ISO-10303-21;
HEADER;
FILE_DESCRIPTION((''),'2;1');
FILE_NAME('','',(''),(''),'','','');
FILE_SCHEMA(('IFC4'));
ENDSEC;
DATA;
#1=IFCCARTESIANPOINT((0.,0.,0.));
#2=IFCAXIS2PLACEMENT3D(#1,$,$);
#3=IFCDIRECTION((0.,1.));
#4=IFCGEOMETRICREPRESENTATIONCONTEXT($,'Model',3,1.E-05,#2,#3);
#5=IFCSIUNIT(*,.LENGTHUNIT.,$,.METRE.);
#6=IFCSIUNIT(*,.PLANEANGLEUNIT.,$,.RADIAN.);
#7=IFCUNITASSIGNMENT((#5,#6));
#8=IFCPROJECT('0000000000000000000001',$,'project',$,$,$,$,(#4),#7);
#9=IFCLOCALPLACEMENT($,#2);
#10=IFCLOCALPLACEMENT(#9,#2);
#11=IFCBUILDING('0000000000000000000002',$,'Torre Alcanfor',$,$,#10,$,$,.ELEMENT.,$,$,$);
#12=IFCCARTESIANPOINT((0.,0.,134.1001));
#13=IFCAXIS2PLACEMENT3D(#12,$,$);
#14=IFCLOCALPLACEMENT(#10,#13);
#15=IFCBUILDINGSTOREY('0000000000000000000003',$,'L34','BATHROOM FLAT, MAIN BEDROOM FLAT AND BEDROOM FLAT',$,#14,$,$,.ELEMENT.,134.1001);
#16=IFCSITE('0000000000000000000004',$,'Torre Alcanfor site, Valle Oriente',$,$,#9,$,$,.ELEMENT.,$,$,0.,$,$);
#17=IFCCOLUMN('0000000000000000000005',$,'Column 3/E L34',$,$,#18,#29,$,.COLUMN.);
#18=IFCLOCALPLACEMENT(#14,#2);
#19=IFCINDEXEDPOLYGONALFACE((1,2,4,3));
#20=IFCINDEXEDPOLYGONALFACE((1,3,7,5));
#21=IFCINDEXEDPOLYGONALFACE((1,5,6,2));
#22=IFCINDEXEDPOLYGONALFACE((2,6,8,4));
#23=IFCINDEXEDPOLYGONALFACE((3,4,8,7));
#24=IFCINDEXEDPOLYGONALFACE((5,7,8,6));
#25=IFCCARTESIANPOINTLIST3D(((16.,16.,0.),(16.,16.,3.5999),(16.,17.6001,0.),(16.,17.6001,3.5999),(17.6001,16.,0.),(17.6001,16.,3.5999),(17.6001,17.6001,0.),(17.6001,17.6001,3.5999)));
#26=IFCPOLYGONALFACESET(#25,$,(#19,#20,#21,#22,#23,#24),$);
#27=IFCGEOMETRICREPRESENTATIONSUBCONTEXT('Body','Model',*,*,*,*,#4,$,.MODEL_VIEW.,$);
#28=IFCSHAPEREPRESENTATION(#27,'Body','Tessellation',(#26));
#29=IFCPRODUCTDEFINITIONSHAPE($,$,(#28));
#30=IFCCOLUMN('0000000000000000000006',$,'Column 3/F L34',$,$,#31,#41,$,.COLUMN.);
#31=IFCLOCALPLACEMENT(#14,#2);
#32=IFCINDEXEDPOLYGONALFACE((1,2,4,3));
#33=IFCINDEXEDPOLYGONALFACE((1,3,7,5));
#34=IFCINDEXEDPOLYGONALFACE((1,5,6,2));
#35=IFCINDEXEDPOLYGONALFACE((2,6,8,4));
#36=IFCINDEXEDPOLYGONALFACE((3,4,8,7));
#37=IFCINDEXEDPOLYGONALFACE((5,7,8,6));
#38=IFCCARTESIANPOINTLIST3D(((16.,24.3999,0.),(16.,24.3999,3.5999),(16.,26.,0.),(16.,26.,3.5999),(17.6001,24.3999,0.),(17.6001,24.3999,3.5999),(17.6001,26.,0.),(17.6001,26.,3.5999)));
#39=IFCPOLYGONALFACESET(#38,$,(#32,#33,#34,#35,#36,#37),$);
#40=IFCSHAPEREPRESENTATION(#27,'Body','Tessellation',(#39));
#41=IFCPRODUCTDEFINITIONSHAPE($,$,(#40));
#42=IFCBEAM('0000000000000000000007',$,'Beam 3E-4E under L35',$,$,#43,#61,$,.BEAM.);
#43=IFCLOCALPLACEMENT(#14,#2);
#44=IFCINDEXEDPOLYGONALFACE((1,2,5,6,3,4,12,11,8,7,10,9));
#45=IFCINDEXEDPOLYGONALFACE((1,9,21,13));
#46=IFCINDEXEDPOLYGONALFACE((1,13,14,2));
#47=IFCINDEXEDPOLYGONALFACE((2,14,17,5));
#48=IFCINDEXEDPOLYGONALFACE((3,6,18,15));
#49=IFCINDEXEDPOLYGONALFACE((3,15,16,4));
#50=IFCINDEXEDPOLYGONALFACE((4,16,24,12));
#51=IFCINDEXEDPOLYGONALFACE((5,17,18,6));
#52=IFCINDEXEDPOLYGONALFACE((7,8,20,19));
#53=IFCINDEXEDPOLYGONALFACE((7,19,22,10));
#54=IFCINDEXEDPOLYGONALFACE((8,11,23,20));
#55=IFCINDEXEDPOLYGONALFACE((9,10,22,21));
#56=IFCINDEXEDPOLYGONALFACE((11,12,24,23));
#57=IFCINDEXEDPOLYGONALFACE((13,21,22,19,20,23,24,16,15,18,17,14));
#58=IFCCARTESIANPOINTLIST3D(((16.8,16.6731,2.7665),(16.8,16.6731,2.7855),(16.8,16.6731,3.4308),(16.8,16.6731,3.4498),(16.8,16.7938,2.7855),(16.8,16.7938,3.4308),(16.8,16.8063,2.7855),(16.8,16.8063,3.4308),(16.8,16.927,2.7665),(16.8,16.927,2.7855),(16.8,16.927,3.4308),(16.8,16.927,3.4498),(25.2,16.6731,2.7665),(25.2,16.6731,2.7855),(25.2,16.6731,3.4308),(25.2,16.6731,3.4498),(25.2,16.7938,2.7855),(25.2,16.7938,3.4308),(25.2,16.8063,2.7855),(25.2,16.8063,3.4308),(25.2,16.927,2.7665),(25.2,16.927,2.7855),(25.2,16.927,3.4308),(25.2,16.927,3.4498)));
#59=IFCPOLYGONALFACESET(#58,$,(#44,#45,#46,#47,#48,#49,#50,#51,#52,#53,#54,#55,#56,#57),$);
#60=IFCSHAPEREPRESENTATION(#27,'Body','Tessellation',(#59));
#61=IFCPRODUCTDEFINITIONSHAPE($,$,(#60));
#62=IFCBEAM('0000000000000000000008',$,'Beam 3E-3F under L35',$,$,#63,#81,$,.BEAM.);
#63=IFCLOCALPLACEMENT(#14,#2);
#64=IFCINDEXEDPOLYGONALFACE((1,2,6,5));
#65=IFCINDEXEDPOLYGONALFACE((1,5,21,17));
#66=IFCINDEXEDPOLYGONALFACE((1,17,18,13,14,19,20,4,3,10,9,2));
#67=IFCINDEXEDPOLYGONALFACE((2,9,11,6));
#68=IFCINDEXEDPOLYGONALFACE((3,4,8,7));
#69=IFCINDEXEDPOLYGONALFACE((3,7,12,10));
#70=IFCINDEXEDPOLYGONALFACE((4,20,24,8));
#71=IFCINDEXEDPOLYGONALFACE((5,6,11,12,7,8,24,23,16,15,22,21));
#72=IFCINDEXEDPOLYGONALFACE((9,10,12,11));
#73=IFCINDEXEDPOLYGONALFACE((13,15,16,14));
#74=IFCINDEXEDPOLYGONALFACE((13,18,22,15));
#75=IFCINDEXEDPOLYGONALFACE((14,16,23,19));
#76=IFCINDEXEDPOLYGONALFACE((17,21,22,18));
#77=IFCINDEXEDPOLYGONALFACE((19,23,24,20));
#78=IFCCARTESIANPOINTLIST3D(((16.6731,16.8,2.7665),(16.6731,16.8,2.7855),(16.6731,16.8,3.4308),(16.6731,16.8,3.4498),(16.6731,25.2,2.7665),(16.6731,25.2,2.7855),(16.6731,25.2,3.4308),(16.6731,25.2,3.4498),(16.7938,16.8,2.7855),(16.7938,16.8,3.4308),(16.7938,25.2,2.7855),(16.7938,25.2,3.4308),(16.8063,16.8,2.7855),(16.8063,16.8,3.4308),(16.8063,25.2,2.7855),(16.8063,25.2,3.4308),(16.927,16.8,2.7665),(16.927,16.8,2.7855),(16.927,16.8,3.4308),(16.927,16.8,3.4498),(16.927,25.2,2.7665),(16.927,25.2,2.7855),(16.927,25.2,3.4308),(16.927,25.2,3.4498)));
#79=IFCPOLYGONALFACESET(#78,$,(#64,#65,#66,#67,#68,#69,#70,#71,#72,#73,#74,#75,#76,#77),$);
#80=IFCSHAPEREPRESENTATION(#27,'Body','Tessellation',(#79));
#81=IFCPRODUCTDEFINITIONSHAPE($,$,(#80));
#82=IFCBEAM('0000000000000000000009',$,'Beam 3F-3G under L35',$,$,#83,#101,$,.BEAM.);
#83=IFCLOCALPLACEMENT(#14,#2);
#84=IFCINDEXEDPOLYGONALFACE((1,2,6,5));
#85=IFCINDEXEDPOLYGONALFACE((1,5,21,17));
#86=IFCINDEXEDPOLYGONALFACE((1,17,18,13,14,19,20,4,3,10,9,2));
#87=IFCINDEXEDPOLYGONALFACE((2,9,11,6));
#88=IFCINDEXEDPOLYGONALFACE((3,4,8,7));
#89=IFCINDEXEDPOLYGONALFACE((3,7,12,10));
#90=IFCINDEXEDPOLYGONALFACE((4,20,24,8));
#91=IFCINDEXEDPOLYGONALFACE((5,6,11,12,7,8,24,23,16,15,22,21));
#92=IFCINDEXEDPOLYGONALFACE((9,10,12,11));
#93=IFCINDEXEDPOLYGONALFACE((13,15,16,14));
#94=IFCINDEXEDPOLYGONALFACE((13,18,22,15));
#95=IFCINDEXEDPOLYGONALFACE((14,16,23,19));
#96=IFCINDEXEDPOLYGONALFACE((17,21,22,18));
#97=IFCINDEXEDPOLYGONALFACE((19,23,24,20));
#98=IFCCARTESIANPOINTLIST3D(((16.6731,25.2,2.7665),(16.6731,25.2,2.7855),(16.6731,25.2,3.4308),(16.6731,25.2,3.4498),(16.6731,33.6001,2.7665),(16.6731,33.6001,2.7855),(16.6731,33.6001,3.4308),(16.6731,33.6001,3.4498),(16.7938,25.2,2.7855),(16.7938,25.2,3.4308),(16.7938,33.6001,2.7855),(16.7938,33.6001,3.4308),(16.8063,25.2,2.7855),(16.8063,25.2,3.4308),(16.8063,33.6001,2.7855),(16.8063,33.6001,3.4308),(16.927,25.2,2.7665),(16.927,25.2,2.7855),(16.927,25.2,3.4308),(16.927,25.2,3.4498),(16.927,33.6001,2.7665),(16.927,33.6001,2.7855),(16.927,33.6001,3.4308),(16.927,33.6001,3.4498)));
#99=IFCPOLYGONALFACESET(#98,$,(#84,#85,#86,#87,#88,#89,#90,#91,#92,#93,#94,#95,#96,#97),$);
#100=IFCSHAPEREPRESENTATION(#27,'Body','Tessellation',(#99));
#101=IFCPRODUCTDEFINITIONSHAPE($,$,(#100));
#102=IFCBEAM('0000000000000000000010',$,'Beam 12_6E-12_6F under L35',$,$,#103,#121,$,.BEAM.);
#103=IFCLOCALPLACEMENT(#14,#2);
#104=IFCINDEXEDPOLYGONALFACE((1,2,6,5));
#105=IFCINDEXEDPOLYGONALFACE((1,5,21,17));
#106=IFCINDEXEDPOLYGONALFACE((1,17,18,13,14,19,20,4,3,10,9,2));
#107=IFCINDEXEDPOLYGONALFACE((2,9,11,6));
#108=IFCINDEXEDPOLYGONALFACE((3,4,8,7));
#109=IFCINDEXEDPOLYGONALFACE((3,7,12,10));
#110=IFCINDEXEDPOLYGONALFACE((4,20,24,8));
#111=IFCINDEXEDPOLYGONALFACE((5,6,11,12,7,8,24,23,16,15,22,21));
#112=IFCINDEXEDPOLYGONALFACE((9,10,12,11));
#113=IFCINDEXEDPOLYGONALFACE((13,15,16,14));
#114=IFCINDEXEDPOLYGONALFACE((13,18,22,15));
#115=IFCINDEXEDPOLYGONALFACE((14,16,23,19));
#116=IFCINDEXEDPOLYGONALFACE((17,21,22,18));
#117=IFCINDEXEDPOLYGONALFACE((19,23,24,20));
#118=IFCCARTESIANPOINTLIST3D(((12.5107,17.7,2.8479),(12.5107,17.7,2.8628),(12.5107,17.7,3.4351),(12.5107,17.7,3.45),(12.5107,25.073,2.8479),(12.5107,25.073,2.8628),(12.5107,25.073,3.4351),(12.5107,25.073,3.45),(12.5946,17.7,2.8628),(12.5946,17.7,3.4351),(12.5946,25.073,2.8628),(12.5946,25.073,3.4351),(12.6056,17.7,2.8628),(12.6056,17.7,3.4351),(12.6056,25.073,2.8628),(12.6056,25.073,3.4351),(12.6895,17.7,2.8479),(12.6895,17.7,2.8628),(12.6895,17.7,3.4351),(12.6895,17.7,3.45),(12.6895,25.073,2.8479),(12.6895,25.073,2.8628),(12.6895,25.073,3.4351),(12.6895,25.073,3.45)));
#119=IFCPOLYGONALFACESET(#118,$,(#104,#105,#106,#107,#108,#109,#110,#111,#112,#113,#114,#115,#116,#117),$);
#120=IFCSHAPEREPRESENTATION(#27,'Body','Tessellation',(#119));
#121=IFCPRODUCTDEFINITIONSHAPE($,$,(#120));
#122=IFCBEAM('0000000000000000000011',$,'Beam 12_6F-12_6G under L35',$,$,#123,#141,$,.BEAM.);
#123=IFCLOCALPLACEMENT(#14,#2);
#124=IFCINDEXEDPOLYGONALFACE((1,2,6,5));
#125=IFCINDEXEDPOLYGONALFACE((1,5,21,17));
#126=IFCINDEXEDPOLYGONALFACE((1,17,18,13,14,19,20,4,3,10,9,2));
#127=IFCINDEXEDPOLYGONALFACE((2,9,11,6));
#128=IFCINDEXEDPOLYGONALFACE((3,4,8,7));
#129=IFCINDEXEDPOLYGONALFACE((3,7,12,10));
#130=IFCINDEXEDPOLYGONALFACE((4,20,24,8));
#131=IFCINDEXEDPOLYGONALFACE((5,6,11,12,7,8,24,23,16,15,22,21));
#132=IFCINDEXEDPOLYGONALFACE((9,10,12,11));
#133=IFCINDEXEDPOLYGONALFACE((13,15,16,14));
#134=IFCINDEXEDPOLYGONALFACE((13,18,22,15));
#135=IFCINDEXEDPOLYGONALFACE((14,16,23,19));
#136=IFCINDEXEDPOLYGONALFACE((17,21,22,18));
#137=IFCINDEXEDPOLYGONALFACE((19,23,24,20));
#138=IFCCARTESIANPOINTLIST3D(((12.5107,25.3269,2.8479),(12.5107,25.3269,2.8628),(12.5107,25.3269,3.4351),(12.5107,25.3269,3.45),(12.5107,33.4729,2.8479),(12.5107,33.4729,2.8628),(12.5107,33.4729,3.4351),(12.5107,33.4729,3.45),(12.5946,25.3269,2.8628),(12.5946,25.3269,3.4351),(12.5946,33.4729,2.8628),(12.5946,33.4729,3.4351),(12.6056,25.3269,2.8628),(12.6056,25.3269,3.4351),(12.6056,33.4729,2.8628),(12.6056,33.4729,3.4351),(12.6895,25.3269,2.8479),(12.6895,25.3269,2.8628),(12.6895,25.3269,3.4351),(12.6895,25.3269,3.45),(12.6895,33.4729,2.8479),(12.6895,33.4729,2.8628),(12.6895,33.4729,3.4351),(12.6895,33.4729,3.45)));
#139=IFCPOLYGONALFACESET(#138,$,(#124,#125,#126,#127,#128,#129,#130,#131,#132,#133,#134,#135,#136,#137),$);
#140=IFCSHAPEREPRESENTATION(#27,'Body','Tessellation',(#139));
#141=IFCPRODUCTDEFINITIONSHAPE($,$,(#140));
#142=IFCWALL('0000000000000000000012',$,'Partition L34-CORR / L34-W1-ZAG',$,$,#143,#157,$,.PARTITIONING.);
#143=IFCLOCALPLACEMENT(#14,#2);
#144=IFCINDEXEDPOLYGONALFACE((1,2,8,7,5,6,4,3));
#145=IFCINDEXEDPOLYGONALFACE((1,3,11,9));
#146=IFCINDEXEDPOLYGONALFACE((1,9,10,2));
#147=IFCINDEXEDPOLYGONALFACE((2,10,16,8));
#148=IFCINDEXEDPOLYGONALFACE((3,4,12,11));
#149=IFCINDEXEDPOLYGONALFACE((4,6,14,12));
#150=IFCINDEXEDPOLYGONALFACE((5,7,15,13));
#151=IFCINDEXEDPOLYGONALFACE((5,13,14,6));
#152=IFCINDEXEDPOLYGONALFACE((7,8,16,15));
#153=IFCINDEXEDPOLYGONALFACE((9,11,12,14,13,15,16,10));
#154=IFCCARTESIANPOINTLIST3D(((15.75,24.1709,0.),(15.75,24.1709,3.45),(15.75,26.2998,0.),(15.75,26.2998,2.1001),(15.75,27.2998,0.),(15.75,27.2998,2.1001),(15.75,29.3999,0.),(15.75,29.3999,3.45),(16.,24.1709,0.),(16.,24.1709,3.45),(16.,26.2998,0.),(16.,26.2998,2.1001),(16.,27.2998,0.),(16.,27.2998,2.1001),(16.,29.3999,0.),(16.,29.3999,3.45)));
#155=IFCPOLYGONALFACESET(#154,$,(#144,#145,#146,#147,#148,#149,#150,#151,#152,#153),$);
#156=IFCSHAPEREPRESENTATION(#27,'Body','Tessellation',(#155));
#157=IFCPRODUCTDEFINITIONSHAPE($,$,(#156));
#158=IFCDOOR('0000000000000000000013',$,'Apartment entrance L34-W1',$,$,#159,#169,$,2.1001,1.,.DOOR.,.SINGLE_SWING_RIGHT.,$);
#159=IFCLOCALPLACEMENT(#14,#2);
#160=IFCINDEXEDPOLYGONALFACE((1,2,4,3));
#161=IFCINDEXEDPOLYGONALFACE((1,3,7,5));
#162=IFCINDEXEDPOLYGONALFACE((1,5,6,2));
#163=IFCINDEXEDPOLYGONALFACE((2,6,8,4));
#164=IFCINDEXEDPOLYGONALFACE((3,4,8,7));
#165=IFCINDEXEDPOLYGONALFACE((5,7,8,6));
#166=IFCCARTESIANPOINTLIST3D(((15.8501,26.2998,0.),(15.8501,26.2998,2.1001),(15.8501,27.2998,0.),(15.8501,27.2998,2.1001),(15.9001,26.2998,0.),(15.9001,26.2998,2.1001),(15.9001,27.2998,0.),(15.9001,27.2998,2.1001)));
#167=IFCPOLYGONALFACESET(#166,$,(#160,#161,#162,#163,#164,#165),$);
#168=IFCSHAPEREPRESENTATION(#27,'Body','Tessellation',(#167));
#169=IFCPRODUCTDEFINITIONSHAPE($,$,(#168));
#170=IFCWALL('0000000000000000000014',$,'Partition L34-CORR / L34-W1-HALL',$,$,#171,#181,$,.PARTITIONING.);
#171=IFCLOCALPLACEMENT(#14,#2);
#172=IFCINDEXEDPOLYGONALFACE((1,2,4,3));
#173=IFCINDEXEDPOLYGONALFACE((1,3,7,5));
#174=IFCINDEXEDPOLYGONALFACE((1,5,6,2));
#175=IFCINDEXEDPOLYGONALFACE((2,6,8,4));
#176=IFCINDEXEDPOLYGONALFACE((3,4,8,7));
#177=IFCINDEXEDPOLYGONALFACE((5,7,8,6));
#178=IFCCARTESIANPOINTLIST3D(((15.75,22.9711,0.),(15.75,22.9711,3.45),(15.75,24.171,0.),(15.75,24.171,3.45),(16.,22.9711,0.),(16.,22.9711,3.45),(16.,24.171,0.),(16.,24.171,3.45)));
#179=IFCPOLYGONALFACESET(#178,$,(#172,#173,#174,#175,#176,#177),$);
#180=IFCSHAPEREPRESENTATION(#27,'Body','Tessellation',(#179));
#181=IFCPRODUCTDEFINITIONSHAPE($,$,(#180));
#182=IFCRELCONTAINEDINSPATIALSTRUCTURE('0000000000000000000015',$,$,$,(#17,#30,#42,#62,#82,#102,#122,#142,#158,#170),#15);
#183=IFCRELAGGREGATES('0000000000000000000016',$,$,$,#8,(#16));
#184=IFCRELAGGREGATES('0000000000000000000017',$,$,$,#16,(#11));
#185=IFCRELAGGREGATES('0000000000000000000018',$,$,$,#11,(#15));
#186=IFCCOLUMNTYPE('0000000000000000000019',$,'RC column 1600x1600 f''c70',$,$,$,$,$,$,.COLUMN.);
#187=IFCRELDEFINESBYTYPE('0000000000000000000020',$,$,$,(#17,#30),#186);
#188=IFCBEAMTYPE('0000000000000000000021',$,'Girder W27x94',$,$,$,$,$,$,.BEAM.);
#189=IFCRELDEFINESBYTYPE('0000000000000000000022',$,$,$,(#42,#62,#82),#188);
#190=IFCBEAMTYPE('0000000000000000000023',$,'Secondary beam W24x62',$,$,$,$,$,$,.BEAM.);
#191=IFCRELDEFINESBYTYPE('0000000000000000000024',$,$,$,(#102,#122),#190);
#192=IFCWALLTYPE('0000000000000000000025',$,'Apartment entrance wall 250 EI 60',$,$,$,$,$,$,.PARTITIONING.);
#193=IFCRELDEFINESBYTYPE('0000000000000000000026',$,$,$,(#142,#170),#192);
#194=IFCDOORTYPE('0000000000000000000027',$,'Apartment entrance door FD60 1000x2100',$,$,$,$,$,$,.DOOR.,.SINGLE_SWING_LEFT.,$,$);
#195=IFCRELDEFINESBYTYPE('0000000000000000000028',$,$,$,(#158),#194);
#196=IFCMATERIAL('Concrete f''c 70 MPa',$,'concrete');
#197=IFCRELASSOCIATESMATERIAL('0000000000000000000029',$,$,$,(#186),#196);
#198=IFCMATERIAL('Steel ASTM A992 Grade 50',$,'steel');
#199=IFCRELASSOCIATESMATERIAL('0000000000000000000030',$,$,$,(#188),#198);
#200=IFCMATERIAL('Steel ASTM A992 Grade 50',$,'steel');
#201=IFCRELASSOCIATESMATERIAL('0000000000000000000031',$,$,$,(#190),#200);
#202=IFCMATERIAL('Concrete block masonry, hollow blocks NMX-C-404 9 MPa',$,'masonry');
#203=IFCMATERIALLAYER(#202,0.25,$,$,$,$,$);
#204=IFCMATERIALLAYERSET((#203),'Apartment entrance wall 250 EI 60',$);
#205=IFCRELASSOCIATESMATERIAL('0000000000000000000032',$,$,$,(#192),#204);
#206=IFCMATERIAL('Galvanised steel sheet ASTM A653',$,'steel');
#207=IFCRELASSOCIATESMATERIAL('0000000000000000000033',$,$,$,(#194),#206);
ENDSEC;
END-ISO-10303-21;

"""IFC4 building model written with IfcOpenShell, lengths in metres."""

from ifc_helpers import new_model, si_unit, direction, frame, frame_2d, origin, origin_2d, place, context, subcontext, project, spatial, rectangle, i_section, extrude, material, layer, layer_set, material_profile, profile_set, type_object, element, fill, save


model = new_model("IFC4")

# Units and contexts
model_context = context("Model", 3, precision=1e-05, world=origin(), true_north=direction((0.0, 1.0)))
body_context = subcontext(model_context, "Body", "Model", "MODEL_VIEW")
ifc_project = project(units=[si_unit("LENGTHUNIT", "METRE"), si_unit("PLANEANGLEUNIT", "RADIAN")], contexts=[model_context])

# Site, building, storey
site_placement = place(None, origin())
site = spatial("IfcSite", under=ifc_project, at=site_placement, Name="Torre Alcanfor site, Valle Oriente", CompositionType="ELEMENT", RefElevation=0.0)
building_placement = place(site_placement, origin())
building = spatial("IfcBuilding", under=site, at=building_placement, Name="Torre Alcanfor", CompositionType="ELEMENT")
storey_placement = place(building_placement, frame((0.0, 0.0, 134.1001)))
storey = spatial("IfcBuildingStorey", under=building, at=storey_placement, Name="L34", Description="BATHROOM FLAT, MAIN BEDROOM FLAT AND BEDROOM FLAT", CompositionType="ELEMENT", Elevation=134.1001)

# Columns
ifc_material_1 = material(Name="Concrete f'c 70 MPa", Category="concrete")
ifc_material_profile_1 = material_profile(ifc_material_1, rectangle(XDim=1.6001, YDim=1.6001, at=origin_2d()), Name="1600x1600")
ifc_profile_set_1 = profile_set([ifc_material_profile_1], Name="Concrete f'c 70 MPa")
column_type = type_object("IfcColumnType", Name="RC column 1600x1600 f'c70", PredefinedType="COLUMN", material=ifc_profile_set_1)
for number, where, z_axis, x_axis, name in (
    (1, (16.8, 16.8, 0.0), (0.0, 0.0, 1.0), (1.0, 0.0, 0.0), "Column 3/E L34"),
    (2, (16.8, 25.2, 0.0), (0.0, 0.0, 1.0), (1.0, 0.0, 0.0), "Column 3/F L34"),
):
    element("IfcColumn", number, at=place(storey_placement, frame(where, z_axis=z_axis, x_axis=x_axis)), inside=storey, type_object=column_type, Name=name, PredefinedType="COLUMN", context=body_context, shape_type="SweptSolid", body=[
        extrude(rectangle(XDim=1.6001, YDim=1.6001, at=origin_2d()), origin(), (0.0, 0.0, 1.0), 3.5999),
    ])

# Beams
ifc_material_2 = material(Name="Steel ASTM A992 Grade 50", Category="steel")
ifc_material_profile_2 = material_profile(ifc_material_2, i_section(OverallWidth=0.2539, OverallDepth=0.6833, WebThickness=0.0125, FlangeThickness=0.019, at=origin_2d()), Name="W27x94")
ifc_profile_set_2 = profile_set([ifc_material_profile_2], Name="Steel ASTM A992 Grade 50")
beam_type_1 = type_object("IfcBeamType", Name="Girder W27x94", PredefinedType="BEAM", material=ifc_profile_set_2)
for number, where, z_axis, x_axis, name in (
    (3, (16.8, 16.8, 3.1082), (1.0, 0.0, 0.0), (0.0, 1.0, 0.0), "Beam 3E-4E under L35"),
    (4, (16.8, 16.8, 3.1082), (0.0, 1.0, 0.0), (-1.0, 0.0, 0.0), "Beam 3E-3F under L35"),
):
    element("IfcBeam", number, at=place(storey_placement, frame(where, z_axis=z_axis, x_axis=x_axis)), inside=storey, type_object=beam_type_1, Name=name, PredefinedType="BEAM", context=body_context, shape_type="SweptSolid", body=[
        extrude(i_section(OverallWidth=0.2539, OverallDepth=0.6833, WebThickness=0.0125, FlangeThickness=0.019, at=origin_2d()), origin(), (0.0, 0.0, 1.0), 8.3999),
    ])
beam_1_placement = place(storey_placement, frame((16.8, 25.2, 3.1082), z_axis=(0.0, 1.0, 0.0), x_axis=(-1.0, 0.0, 0.0)))
element("IfcBeam", 5, at=beam_1_placement, inside=storey, type_object=beam_type_1, Name="Beam 3F-3G under L35", PredefinedType="BEAM", context=body_context, shape_type="SweptSolid", body=[
    extrude(i_section(OverallWidth=0.2539, OverallDepth=0.6833, WebThickness=0.0125, FlangeThickness=0.019, at=origin_2d()), origin(), (0.0, 0.0, 1.0), 8.4001),
])
ifc_material_3 = material(Name="Steel ASTM A992 Grade 50", Category="steel")
ifc_material_profile_3 = material_profile(ifc_material_3, i_section(OverallWidth=0.1787, OverallDepth=0.6021, WebThickness=0.011, FlangeThickness=0.0149, at=origin_2d()), Name="W24x62")
ifc_profile_set_3 = profile_set([ifc_material_profile_3], Name="Steel ASTM A992 Grade 50")
beam_type_2 = type_object("IfcBeamType", Name="Secondary beam W24x62", PredefinedType="BEAM", material=ifc_profile_set_3)
beam_2_placement = place(storey_placement, frame((12.6001, 17.7, 3.1489), z_axis=(0.0, 1.0, 0.0), x_axis=(-1.0, 0.0, 0.0)))
element("IfcBeam", 6, at=beam_2_placement, inside=storey, type_object=beam_type_2, Name="Beam 12_6E-12_6F under L35", PredefinedType="BEAM", context=body_context, shape_type="SweptSolid", body=[
    extrude(i_section(OverallWidth=0.1787, OverallDepth=0.6021, WebThickness=0.011, FlangeThickness=0.0149, at=origin_2d()), origin(), (0.0, 0.0, 1.0), 7.373),
])
beam_3_placement = place(storey_placement, frame((12.6001, 25.3269, 3.1489), z_axis=(0.0, 1.0, 0.0), x_axis=(-1.0, 0.0, 0.0)))
element("IfcBeam", 7, at=beam_3_placement, inside=storey, type_object=beam_type_2, Name="Beam 12_6F-12_6G under L35", PredefinedType="BEAM", context=body_context, shape_type="SweptSolid", body=[
    extrude(i_section(OverallWidth=0.1787, OverallDepth=0.6021, WebThickness=0.011, FlangeThickness=0.0149, at=origin_2d()), origin(), (0.0, 0.0, 1.0), 8.146),
])

# Wall, opening, door
ifc_material_4 = material(Name="Concrete block masonry, hollow blocks NMX-C-404 9 MPa", Category="masonry")
ifc_layer_1 = layer(ifc_material_4, 0.25)
ifc_layer_set_1 = layer_set([ifc_layer_1], Name="Apartment entrance wall 250 EI 60")
wall_type_1 = type_object("IfcWallType", Name="Apartment entrance wall 250 EI 60", PredefinedType="PARTITIONING", material=ifc_layer_set_1)
wall_1_placement = place(storey_placement, frame((15.875, 24.1709, 0.0), z_axis=(0.0, 0.0, 1.0), x_axis=(0.0, 1.0, 0.0)))
wall_1 = element("IfcWall", 8, at=wall_1_placement, inside=storey, type_object=wall_type_1, Name="Partition L34-CORR / L34-W1-ZAG", PredefinedType="PARTITIONING", context=body_context, shape_type="SweptSolid", body=[
    extrude(rectangle(XDim=5.229, YDim=0.25, at=frame_2d((2.6145, 0.0))), origin(), (0.0, 0.0, 1.0), 3.45),
])
opening_1_placement = place(wall_1_placement, frame((2.1289, 0.0, 0.0)))
opening_1 = element("IfcOpeningElement", 9, at=opening_1_placement, cuts=wall_1, PredefinedType="OPENING", context=body_context, shape_type="SweptSolid", body=[
    extrude(rectangle(XDim=1.0, YDim=2.1001, at=frame_2d((0.5, 1.05))), frame((0.0, 0.135, 0.0), z_axis=(0.0, -1.0, 0.0), x_axis=(1.0, 0.0, 0.0)), (0.0, 0.0, 1.0), 0.27),
])
ifc_material_5 = material(Name="Galvanised steel sheet ASTM A653", Category="steel")
door_type_1 = type_object("IfcDoorType", Name="Apartment entrance door FD60 1000x2100", OperationType="SINGLE_SWING_LEFT", PredefinedType="DOOR", material=ifc_material_5)
door_1_placement = place(opening_1_placement, origin())
door_1 = element("IfcDoor", 10, at=door_1_placement, inside=storey, type_object=door_type_1, Name="Apartment entrance L34-W1", OperationType="SINGLE_SWING_RIGHT", OverallHeight=2.1001, OverallWidth=1.0, PredefinedType="DOOR", context=body_context, shape_type="SweptSolid", body=[
    extrude(rectangle(XDim=1.0, YDim=2.1001, at=frame_2d((0.5, 1.05))), frame((0.0, 0.0249, 0.0), z_axis=(0.0, -1.0, 0.0), x_axis=(1.0, 0.0, 0.0)), (0.0, 0.0, 1.0), 0.05),
])
fill(opening_1, door_1)

# Wall
wall_2_placement = place(storey_placement, frame((15.875, 22.9709, 0.0), z_axis=(0.0, 0.0, 1.0), x_axis=(0.0, 1.0, 0.0)))
element("IfcWall", 11, at=wall_2_placement, inside=storey, type_object=wall_type_1, Name="Partition L34-CORR / L34-W1-HALL", PredefinedType="PARTITIONING", context=body_context, shape_type="SweptSolid", body=[
    extrude(rectangle(XDim=1.2, YDim=0.25, at=frame_2d((0.6001, 0.0))), origin(), (0.0, 0.0, 1.0), 3.45),
])

save(model, "model.ifc")
